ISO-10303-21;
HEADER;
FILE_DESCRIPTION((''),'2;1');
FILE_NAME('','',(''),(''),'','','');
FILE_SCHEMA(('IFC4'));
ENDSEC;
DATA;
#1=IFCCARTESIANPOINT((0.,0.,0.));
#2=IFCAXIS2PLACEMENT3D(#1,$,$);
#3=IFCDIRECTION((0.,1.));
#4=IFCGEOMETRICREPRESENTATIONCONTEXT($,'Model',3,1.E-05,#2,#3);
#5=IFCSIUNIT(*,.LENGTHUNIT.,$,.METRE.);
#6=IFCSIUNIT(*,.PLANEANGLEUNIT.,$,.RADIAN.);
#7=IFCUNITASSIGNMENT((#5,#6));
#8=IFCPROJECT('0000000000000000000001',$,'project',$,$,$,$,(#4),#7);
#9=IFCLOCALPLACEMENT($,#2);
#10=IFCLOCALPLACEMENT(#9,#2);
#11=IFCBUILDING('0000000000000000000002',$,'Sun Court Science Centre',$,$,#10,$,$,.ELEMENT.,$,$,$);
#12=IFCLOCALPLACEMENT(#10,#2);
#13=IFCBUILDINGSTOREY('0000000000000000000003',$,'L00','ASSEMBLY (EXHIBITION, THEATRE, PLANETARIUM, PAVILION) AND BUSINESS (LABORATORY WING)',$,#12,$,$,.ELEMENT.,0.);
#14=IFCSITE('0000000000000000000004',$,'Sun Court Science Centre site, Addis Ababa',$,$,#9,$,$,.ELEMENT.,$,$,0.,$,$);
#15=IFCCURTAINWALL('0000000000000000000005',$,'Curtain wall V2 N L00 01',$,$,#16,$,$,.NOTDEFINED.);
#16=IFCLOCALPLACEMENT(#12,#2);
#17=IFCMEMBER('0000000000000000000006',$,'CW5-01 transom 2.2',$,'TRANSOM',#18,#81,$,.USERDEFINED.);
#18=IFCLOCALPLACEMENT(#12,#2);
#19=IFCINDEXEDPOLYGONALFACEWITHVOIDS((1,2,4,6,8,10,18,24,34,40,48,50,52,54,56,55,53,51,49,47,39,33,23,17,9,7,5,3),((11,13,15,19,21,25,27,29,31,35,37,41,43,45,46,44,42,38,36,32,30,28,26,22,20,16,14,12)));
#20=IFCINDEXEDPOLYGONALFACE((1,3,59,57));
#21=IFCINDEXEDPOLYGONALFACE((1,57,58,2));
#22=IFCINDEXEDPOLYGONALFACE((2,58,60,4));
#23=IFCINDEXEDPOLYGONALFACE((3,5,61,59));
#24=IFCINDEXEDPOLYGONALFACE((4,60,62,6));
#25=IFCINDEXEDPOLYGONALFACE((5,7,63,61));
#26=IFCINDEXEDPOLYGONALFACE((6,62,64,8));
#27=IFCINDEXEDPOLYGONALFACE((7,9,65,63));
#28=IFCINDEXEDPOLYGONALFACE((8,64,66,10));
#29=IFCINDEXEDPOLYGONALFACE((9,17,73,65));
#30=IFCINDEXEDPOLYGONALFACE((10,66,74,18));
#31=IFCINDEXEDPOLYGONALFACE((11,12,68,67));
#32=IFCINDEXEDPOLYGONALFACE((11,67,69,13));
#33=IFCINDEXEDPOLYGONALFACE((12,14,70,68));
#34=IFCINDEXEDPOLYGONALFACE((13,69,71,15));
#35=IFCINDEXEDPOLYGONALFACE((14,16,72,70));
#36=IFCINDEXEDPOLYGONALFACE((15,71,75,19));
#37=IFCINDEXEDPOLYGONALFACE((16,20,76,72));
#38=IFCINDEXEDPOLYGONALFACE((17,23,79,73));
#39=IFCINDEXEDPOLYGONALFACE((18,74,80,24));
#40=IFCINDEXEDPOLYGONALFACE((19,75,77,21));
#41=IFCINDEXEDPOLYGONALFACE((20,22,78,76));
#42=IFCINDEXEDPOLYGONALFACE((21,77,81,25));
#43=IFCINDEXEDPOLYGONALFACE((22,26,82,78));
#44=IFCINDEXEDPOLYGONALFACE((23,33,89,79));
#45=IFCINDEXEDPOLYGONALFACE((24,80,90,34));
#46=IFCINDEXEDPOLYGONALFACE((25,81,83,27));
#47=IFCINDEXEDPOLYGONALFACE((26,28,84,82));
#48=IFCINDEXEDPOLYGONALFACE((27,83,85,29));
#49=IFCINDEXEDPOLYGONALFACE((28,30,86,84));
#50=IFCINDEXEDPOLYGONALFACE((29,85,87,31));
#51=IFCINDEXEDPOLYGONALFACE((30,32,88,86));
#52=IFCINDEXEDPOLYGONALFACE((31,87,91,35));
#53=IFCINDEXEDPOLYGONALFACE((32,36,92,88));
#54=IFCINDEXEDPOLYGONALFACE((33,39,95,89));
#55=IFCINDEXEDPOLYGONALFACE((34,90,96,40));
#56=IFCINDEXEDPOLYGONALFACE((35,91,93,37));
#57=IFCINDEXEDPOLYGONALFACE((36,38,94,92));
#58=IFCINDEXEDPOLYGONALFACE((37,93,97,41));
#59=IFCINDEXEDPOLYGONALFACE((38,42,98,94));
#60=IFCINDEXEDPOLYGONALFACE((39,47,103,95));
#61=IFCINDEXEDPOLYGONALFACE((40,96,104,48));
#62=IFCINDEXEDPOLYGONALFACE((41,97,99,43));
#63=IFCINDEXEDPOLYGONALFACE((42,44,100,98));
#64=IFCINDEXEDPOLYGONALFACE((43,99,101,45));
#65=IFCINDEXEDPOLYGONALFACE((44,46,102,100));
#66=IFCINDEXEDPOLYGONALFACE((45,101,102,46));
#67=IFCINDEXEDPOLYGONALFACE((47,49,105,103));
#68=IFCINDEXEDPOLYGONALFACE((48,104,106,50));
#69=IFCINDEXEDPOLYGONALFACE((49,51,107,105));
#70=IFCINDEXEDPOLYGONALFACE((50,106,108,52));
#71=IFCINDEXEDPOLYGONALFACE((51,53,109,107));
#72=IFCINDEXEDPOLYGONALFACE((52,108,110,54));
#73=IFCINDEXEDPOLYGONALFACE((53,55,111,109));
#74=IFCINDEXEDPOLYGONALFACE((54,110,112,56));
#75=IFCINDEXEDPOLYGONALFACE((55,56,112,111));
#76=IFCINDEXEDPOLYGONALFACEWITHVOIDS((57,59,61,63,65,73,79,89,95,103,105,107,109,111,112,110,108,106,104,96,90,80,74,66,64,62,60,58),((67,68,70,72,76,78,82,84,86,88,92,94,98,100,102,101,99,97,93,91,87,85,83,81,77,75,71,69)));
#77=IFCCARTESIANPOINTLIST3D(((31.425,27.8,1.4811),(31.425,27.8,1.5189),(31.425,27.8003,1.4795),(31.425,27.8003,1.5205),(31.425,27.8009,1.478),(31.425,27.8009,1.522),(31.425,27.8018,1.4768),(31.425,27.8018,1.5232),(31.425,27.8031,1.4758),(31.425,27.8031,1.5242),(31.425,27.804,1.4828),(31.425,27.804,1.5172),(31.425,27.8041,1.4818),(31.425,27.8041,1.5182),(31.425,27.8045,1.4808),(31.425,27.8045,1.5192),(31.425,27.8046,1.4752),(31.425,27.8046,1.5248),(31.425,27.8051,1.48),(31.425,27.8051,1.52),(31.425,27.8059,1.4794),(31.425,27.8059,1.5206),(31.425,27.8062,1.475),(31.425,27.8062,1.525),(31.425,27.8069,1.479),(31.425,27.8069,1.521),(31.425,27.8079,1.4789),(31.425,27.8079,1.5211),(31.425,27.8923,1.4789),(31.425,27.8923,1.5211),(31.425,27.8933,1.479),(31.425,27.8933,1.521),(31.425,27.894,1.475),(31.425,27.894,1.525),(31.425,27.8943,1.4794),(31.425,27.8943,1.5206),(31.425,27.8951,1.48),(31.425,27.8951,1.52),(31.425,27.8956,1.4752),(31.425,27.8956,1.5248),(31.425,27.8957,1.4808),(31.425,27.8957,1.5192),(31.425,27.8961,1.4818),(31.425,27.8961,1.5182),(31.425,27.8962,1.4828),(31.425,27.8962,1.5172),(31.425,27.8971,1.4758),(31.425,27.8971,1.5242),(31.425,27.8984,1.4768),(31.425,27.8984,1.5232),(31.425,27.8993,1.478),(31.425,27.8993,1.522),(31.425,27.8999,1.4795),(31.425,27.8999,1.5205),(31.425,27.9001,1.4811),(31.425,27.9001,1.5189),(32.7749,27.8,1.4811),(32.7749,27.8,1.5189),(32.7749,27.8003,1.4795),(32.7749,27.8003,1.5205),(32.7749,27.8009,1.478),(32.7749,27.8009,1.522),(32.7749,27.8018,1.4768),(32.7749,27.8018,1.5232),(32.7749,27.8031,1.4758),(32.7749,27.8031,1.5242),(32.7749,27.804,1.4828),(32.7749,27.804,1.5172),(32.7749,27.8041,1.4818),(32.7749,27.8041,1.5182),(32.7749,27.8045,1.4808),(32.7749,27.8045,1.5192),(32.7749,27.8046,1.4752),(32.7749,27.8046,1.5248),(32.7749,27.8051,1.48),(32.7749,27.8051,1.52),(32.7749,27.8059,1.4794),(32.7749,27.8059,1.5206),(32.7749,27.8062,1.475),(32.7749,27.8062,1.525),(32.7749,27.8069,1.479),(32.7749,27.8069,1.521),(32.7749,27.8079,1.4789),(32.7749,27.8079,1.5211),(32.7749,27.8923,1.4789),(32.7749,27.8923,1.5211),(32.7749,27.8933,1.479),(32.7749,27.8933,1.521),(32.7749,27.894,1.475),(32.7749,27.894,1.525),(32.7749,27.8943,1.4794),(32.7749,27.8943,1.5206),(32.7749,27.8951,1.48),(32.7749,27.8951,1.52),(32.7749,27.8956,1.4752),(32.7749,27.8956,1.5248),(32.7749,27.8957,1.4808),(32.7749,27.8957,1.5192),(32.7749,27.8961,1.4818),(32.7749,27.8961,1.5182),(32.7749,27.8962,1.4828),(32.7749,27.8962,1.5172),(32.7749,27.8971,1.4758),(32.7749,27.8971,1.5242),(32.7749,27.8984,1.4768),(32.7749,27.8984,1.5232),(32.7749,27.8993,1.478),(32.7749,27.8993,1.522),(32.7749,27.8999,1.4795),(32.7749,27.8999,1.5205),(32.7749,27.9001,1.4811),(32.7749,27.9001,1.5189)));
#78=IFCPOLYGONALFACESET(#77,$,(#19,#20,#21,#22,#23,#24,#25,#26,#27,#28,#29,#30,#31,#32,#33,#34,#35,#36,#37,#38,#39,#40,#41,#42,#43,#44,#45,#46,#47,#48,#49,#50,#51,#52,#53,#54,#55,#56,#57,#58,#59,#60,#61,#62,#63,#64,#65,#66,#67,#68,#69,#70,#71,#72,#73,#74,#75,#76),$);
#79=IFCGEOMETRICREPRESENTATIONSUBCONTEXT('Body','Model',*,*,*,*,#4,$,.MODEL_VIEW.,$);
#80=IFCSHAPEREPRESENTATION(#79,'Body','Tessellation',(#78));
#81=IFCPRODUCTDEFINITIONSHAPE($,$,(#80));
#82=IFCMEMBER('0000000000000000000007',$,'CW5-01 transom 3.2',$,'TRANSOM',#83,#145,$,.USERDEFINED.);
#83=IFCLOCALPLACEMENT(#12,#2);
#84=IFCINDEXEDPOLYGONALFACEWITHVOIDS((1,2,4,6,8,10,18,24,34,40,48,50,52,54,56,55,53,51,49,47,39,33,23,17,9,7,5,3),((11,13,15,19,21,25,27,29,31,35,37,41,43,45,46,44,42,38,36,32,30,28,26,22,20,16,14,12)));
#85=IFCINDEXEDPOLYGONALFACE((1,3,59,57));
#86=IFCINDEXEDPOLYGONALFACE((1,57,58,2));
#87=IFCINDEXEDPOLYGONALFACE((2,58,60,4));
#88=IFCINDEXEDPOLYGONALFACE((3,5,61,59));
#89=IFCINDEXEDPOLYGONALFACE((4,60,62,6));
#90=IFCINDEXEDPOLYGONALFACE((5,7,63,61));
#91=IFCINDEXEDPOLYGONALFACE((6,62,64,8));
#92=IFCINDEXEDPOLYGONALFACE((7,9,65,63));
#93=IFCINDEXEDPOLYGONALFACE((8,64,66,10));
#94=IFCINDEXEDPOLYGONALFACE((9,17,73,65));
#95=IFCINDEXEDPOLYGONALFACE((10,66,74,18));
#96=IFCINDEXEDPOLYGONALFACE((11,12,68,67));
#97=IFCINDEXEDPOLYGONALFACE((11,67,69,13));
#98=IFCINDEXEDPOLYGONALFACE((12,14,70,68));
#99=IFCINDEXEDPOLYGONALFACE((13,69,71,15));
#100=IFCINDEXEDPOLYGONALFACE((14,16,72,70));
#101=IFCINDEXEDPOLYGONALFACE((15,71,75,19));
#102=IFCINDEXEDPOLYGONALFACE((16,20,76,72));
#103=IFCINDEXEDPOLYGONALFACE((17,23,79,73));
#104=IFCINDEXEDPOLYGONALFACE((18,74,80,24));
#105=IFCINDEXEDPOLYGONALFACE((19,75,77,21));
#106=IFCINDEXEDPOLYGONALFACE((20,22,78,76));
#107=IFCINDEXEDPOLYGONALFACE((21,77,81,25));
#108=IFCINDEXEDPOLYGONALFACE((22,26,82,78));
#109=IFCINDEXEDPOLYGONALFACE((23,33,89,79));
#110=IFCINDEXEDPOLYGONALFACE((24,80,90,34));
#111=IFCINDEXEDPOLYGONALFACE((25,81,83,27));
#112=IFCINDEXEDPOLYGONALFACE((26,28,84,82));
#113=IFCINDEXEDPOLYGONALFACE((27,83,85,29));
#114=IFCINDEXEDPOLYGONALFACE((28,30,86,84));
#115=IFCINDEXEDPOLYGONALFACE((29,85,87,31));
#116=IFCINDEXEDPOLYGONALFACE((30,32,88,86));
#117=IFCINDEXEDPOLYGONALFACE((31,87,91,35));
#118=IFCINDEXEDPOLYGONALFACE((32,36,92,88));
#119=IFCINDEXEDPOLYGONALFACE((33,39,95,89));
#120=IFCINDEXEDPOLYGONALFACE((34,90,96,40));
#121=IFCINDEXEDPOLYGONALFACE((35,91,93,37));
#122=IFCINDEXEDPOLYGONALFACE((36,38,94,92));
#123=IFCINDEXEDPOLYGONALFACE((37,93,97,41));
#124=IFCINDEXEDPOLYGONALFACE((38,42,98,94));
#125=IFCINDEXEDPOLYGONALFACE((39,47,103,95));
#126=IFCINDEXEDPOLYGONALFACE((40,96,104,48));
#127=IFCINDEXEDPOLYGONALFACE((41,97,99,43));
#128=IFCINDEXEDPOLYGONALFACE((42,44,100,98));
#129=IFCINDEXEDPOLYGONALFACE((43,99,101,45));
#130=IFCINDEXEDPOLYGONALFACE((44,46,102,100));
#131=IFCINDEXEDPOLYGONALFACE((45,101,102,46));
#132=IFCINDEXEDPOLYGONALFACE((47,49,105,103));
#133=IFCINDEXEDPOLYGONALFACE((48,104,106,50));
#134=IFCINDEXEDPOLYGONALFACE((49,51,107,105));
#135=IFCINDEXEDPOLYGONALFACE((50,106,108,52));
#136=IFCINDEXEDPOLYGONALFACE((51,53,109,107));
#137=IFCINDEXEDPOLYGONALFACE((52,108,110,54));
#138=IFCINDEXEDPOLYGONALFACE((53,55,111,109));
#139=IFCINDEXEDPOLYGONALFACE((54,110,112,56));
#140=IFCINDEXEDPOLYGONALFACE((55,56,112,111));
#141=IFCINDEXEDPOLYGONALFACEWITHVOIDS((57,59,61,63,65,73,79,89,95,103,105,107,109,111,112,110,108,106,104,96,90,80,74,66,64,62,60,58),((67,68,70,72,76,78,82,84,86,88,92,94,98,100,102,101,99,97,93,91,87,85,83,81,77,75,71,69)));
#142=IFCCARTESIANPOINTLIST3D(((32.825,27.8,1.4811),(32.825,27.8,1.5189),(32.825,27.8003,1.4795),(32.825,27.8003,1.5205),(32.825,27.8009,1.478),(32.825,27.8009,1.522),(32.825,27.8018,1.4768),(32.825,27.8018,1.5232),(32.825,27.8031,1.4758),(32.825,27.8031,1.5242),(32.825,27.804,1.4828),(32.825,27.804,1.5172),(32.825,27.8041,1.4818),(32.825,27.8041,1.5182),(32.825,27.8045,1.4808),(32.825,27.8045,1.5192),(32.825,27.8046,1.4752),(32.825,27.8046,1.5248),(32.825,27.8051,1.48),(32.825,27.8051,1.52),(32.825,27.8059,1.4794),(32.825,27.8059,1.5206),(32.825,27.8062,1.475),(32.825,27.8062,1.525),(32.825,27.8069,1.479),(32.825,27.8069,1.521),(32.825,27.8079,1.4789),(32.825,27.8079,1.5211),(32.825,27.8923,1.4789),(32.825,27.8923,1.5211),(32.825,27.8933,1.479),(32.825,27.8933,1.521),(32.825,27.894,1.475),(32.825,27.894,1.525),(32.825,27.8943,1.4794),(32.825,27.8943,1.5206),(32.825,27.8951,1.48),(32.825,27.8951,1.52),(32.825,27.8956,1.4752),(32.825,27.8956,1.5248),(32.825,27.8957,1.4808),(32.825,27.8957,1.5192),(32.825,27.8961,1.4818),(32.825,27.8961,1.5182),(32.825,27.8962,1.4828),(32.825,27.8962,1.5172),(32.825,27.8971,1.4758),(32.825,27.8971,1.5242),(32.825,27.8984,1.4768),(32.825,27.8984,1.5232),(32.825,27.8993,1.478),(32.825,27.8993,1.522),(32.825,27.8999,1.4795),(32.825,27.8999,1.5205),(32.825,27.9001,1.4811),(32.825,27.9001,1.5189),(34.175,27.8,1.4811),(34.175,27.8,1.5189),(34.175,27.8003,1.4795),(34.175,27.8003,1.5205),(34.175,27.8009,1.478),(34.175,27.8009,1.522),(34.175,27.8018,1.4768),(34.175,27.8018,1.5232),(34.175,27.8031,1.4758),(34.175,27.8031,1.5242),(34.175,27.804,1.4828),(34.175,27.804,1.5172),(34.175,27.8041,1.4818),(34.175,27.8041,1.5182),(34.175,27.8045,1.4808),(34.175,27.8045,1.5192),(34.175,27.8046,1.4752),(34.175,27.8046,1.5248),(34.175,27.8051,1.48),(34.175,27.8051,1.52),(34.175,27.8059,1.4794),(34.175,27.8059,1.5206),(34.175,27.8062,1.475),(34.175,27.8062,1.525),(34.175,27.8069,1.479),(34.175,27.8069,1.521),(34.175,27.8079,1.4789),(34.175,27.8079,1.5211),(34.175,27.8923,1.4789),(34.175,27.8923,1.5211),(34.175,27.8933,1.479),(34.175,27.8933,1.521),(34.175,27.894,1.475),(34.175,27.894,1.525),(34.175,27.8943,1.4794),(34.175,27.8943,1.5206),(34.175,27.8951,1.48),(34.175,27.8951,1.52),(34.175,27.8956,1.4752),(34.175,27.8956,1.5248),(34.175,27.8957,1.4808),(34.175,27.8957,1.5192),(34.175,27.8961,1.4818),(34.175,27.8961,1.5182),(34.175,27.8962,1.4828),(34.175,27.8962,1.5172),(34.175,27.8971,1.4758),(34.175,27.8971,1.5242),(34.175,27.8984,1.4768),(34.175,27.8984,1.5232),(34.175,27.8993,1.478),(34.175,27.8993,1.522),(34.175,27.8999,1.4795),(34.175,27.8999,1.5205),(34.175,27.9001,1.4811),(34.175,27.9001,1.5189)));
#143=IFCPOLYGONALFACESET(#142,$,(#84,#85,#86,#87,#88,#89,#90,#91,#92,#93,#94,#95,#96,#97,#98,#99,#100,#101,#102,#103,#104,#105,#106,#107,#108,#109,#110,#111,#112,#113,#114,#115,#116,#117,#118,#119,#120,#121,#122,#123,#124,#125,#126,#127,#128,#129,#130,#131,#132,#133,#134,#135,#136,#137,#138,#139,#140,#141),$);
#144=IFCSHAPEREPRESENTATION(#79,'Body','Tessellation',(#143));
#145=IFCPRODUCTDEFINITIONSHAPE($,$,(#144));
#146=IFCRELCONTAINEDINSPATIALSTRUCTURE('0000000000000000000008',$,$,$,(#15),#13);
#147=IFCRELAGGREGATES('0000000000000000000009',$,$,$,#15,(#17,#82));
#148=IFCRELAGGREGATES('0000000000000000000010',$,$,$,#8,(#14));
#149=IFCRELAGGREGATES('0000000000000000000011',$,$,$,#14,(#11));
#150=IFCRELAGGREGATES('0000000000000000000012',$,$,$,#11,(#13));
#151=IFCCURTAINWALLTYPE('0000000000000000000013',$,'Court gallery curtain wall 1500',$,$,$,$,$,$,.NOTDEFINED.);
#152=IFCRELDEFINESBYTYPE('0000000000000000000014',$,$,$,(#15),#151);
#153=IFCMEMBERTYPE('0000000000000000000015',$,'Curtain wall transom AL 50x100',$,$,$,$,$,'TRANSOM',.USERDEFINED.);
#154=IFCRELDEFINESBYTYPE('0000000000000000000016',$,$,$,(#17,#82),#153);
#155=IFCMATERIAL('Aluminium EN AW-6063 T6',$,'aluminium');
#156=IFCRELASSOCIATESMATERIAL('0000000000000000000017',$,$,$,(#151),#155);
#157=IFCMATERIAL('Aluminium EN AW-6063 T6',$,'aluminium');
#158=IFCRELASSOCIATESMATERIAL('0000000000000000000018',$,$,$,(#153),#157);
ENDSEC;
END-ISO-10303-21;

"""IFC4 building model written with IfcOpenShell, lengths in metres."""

from ifc_helpers import new_model, si_unit, direction, frame, origin, origin_2d, place, context, subcontext, project, spatial, hollow_rectangle, extrude, material, material_profile, profile_set, type_object, element, aggregate, save


model = new_model("IFC4")

# Units and contexts
model_context = context("Model", 3, precision=1e-05, world=origin(), true_north=direction((0.0, 1.0)))
body_context = subcontext(model_context, "Body", "Model", "MODEL_VIEW")
ifc_project = project(units=[si_unit("LENGTHUNIT", "METRE"), si_unit("PLANEANGLEUNIT", "RADIAN")], contexts=[model_context])

# Site, building, storey
site_placement = place(None, origin())
site = spatial("IfcSite", under=ifc_project, at=site_placement, Name="Sun Court Science Centre site, Addis Ababa", CompositionType="ELEMENT", RefElevation=0.0)
building_placement = place(site_placement, origin())
building = spatial("IfcBuilding", under=site, at=building_placement, Name="Sun Court Science Centre", CompositionType="ELEMENT")
storey_placement = place(building_placement, origin())
storey = spatial("IfcBuildingStorey", under=building, at=storey_placement, Name="L00", Description="ASSEMBLY (EXHIBITION, THEATRE, PLANETARIUM, PAVILION) AND BUSINESS (LABORATORY WING)", CompositionType="ELEMENT", Elevation=0.0)

# Curtain wall, members
ifc_material_1 = material(Name="Aluminium EN AW-6063 T6", Category="aluminium")
curtain_wall_type = type_object("IfcCurtainWallType", Name="Court gallery curtain wall 1500", PredefinedType="NOTDEFINED", material=ifc_material_1)
curtain_wall_placement = place(storey_placement, origin())
curtain_wall = element("IfcCurtainWall", 1, at=curtain_wall_placement, inside=storey, type_object=curtain_wall_type, Name="Curtain wall V2 N L00 01", PredefinedType="NOTDEFINED")
ifc_material_2 = material(Name="Aluminium EN AW-6063 T6", Category="aluminium")
ifc_material_profile_1 = material_profile(ifc_material_2, hollow_rectangle(XDim=0.05, YDim=0.1001, WallThickness=0.0039, InnerFilletRadius=0.0039, OuterFilletRadius=0.0061, at=origin_2d()), Name="AL 50x100x4")
ifc_profile_set_1 = profile_set([ifc_material_profile_1], Name="Aluminium EN AW-6063 T6")
member_type_1 = type_object("IfcMemberType", Name="Curtain wall transom AL 50x100", ElementType="TRANSOM", PredefinedType="USERDEFINED", material=ifc_profile_set_1)
member_1_placement = place(storey_placement, frame((31.425, 27.8501, 1.5), z_axis=(1.0, 0.0, 0.0), x_axis=(0.0, 0.0, 1.0)))
member_1 = element("IfcMember", 2, at=member_1_placement, type_object=member_type_1, Name="CW5-01 transom 2.2", ObjectType="TRANSOM", PredefinedType="USERDEFINED", context=body_context, shape_type="SweptSolid", body=[
    extrude(hollow_rectangle(XDim=0.05, YDim=0.1001, WallThickness=0.0039, InnerFilletRadius=0.0039, OuterFilletRadius=0.0061, at=origin_2d()), origin(), (0.0, 0.0, 1.0), 1.3499),
])
member_2_placement = place(storey_placement, frame((32.825, 27.8501, 1.5), z_axis=(1.0, 0.0, 0.0), x_axis=(0.0, 0.0, 1.0)))
member_2 = element("IfcMember", 3, at=member_2_placement, type_object=member_type_1, Name="CW5-01 transom 3.2", ObjectType="TRANSOM", PredefinedType="USERDEFINED", context=body_context, shape_type="SweptSolid", body=[
    extrude(hollow_rectangle(XDim=0.05, YDim=0.1001, WallThickness=0.0039, InnerFilletRadius=0.0039, OuterFilletRadius=0.0061, at=origin_2d()), origin(), (0.0, 0.0, 1.0), 1.3501),
])
aggregate(curtain_wall, [member_1, member_2])

save(model, "model.ifc")
